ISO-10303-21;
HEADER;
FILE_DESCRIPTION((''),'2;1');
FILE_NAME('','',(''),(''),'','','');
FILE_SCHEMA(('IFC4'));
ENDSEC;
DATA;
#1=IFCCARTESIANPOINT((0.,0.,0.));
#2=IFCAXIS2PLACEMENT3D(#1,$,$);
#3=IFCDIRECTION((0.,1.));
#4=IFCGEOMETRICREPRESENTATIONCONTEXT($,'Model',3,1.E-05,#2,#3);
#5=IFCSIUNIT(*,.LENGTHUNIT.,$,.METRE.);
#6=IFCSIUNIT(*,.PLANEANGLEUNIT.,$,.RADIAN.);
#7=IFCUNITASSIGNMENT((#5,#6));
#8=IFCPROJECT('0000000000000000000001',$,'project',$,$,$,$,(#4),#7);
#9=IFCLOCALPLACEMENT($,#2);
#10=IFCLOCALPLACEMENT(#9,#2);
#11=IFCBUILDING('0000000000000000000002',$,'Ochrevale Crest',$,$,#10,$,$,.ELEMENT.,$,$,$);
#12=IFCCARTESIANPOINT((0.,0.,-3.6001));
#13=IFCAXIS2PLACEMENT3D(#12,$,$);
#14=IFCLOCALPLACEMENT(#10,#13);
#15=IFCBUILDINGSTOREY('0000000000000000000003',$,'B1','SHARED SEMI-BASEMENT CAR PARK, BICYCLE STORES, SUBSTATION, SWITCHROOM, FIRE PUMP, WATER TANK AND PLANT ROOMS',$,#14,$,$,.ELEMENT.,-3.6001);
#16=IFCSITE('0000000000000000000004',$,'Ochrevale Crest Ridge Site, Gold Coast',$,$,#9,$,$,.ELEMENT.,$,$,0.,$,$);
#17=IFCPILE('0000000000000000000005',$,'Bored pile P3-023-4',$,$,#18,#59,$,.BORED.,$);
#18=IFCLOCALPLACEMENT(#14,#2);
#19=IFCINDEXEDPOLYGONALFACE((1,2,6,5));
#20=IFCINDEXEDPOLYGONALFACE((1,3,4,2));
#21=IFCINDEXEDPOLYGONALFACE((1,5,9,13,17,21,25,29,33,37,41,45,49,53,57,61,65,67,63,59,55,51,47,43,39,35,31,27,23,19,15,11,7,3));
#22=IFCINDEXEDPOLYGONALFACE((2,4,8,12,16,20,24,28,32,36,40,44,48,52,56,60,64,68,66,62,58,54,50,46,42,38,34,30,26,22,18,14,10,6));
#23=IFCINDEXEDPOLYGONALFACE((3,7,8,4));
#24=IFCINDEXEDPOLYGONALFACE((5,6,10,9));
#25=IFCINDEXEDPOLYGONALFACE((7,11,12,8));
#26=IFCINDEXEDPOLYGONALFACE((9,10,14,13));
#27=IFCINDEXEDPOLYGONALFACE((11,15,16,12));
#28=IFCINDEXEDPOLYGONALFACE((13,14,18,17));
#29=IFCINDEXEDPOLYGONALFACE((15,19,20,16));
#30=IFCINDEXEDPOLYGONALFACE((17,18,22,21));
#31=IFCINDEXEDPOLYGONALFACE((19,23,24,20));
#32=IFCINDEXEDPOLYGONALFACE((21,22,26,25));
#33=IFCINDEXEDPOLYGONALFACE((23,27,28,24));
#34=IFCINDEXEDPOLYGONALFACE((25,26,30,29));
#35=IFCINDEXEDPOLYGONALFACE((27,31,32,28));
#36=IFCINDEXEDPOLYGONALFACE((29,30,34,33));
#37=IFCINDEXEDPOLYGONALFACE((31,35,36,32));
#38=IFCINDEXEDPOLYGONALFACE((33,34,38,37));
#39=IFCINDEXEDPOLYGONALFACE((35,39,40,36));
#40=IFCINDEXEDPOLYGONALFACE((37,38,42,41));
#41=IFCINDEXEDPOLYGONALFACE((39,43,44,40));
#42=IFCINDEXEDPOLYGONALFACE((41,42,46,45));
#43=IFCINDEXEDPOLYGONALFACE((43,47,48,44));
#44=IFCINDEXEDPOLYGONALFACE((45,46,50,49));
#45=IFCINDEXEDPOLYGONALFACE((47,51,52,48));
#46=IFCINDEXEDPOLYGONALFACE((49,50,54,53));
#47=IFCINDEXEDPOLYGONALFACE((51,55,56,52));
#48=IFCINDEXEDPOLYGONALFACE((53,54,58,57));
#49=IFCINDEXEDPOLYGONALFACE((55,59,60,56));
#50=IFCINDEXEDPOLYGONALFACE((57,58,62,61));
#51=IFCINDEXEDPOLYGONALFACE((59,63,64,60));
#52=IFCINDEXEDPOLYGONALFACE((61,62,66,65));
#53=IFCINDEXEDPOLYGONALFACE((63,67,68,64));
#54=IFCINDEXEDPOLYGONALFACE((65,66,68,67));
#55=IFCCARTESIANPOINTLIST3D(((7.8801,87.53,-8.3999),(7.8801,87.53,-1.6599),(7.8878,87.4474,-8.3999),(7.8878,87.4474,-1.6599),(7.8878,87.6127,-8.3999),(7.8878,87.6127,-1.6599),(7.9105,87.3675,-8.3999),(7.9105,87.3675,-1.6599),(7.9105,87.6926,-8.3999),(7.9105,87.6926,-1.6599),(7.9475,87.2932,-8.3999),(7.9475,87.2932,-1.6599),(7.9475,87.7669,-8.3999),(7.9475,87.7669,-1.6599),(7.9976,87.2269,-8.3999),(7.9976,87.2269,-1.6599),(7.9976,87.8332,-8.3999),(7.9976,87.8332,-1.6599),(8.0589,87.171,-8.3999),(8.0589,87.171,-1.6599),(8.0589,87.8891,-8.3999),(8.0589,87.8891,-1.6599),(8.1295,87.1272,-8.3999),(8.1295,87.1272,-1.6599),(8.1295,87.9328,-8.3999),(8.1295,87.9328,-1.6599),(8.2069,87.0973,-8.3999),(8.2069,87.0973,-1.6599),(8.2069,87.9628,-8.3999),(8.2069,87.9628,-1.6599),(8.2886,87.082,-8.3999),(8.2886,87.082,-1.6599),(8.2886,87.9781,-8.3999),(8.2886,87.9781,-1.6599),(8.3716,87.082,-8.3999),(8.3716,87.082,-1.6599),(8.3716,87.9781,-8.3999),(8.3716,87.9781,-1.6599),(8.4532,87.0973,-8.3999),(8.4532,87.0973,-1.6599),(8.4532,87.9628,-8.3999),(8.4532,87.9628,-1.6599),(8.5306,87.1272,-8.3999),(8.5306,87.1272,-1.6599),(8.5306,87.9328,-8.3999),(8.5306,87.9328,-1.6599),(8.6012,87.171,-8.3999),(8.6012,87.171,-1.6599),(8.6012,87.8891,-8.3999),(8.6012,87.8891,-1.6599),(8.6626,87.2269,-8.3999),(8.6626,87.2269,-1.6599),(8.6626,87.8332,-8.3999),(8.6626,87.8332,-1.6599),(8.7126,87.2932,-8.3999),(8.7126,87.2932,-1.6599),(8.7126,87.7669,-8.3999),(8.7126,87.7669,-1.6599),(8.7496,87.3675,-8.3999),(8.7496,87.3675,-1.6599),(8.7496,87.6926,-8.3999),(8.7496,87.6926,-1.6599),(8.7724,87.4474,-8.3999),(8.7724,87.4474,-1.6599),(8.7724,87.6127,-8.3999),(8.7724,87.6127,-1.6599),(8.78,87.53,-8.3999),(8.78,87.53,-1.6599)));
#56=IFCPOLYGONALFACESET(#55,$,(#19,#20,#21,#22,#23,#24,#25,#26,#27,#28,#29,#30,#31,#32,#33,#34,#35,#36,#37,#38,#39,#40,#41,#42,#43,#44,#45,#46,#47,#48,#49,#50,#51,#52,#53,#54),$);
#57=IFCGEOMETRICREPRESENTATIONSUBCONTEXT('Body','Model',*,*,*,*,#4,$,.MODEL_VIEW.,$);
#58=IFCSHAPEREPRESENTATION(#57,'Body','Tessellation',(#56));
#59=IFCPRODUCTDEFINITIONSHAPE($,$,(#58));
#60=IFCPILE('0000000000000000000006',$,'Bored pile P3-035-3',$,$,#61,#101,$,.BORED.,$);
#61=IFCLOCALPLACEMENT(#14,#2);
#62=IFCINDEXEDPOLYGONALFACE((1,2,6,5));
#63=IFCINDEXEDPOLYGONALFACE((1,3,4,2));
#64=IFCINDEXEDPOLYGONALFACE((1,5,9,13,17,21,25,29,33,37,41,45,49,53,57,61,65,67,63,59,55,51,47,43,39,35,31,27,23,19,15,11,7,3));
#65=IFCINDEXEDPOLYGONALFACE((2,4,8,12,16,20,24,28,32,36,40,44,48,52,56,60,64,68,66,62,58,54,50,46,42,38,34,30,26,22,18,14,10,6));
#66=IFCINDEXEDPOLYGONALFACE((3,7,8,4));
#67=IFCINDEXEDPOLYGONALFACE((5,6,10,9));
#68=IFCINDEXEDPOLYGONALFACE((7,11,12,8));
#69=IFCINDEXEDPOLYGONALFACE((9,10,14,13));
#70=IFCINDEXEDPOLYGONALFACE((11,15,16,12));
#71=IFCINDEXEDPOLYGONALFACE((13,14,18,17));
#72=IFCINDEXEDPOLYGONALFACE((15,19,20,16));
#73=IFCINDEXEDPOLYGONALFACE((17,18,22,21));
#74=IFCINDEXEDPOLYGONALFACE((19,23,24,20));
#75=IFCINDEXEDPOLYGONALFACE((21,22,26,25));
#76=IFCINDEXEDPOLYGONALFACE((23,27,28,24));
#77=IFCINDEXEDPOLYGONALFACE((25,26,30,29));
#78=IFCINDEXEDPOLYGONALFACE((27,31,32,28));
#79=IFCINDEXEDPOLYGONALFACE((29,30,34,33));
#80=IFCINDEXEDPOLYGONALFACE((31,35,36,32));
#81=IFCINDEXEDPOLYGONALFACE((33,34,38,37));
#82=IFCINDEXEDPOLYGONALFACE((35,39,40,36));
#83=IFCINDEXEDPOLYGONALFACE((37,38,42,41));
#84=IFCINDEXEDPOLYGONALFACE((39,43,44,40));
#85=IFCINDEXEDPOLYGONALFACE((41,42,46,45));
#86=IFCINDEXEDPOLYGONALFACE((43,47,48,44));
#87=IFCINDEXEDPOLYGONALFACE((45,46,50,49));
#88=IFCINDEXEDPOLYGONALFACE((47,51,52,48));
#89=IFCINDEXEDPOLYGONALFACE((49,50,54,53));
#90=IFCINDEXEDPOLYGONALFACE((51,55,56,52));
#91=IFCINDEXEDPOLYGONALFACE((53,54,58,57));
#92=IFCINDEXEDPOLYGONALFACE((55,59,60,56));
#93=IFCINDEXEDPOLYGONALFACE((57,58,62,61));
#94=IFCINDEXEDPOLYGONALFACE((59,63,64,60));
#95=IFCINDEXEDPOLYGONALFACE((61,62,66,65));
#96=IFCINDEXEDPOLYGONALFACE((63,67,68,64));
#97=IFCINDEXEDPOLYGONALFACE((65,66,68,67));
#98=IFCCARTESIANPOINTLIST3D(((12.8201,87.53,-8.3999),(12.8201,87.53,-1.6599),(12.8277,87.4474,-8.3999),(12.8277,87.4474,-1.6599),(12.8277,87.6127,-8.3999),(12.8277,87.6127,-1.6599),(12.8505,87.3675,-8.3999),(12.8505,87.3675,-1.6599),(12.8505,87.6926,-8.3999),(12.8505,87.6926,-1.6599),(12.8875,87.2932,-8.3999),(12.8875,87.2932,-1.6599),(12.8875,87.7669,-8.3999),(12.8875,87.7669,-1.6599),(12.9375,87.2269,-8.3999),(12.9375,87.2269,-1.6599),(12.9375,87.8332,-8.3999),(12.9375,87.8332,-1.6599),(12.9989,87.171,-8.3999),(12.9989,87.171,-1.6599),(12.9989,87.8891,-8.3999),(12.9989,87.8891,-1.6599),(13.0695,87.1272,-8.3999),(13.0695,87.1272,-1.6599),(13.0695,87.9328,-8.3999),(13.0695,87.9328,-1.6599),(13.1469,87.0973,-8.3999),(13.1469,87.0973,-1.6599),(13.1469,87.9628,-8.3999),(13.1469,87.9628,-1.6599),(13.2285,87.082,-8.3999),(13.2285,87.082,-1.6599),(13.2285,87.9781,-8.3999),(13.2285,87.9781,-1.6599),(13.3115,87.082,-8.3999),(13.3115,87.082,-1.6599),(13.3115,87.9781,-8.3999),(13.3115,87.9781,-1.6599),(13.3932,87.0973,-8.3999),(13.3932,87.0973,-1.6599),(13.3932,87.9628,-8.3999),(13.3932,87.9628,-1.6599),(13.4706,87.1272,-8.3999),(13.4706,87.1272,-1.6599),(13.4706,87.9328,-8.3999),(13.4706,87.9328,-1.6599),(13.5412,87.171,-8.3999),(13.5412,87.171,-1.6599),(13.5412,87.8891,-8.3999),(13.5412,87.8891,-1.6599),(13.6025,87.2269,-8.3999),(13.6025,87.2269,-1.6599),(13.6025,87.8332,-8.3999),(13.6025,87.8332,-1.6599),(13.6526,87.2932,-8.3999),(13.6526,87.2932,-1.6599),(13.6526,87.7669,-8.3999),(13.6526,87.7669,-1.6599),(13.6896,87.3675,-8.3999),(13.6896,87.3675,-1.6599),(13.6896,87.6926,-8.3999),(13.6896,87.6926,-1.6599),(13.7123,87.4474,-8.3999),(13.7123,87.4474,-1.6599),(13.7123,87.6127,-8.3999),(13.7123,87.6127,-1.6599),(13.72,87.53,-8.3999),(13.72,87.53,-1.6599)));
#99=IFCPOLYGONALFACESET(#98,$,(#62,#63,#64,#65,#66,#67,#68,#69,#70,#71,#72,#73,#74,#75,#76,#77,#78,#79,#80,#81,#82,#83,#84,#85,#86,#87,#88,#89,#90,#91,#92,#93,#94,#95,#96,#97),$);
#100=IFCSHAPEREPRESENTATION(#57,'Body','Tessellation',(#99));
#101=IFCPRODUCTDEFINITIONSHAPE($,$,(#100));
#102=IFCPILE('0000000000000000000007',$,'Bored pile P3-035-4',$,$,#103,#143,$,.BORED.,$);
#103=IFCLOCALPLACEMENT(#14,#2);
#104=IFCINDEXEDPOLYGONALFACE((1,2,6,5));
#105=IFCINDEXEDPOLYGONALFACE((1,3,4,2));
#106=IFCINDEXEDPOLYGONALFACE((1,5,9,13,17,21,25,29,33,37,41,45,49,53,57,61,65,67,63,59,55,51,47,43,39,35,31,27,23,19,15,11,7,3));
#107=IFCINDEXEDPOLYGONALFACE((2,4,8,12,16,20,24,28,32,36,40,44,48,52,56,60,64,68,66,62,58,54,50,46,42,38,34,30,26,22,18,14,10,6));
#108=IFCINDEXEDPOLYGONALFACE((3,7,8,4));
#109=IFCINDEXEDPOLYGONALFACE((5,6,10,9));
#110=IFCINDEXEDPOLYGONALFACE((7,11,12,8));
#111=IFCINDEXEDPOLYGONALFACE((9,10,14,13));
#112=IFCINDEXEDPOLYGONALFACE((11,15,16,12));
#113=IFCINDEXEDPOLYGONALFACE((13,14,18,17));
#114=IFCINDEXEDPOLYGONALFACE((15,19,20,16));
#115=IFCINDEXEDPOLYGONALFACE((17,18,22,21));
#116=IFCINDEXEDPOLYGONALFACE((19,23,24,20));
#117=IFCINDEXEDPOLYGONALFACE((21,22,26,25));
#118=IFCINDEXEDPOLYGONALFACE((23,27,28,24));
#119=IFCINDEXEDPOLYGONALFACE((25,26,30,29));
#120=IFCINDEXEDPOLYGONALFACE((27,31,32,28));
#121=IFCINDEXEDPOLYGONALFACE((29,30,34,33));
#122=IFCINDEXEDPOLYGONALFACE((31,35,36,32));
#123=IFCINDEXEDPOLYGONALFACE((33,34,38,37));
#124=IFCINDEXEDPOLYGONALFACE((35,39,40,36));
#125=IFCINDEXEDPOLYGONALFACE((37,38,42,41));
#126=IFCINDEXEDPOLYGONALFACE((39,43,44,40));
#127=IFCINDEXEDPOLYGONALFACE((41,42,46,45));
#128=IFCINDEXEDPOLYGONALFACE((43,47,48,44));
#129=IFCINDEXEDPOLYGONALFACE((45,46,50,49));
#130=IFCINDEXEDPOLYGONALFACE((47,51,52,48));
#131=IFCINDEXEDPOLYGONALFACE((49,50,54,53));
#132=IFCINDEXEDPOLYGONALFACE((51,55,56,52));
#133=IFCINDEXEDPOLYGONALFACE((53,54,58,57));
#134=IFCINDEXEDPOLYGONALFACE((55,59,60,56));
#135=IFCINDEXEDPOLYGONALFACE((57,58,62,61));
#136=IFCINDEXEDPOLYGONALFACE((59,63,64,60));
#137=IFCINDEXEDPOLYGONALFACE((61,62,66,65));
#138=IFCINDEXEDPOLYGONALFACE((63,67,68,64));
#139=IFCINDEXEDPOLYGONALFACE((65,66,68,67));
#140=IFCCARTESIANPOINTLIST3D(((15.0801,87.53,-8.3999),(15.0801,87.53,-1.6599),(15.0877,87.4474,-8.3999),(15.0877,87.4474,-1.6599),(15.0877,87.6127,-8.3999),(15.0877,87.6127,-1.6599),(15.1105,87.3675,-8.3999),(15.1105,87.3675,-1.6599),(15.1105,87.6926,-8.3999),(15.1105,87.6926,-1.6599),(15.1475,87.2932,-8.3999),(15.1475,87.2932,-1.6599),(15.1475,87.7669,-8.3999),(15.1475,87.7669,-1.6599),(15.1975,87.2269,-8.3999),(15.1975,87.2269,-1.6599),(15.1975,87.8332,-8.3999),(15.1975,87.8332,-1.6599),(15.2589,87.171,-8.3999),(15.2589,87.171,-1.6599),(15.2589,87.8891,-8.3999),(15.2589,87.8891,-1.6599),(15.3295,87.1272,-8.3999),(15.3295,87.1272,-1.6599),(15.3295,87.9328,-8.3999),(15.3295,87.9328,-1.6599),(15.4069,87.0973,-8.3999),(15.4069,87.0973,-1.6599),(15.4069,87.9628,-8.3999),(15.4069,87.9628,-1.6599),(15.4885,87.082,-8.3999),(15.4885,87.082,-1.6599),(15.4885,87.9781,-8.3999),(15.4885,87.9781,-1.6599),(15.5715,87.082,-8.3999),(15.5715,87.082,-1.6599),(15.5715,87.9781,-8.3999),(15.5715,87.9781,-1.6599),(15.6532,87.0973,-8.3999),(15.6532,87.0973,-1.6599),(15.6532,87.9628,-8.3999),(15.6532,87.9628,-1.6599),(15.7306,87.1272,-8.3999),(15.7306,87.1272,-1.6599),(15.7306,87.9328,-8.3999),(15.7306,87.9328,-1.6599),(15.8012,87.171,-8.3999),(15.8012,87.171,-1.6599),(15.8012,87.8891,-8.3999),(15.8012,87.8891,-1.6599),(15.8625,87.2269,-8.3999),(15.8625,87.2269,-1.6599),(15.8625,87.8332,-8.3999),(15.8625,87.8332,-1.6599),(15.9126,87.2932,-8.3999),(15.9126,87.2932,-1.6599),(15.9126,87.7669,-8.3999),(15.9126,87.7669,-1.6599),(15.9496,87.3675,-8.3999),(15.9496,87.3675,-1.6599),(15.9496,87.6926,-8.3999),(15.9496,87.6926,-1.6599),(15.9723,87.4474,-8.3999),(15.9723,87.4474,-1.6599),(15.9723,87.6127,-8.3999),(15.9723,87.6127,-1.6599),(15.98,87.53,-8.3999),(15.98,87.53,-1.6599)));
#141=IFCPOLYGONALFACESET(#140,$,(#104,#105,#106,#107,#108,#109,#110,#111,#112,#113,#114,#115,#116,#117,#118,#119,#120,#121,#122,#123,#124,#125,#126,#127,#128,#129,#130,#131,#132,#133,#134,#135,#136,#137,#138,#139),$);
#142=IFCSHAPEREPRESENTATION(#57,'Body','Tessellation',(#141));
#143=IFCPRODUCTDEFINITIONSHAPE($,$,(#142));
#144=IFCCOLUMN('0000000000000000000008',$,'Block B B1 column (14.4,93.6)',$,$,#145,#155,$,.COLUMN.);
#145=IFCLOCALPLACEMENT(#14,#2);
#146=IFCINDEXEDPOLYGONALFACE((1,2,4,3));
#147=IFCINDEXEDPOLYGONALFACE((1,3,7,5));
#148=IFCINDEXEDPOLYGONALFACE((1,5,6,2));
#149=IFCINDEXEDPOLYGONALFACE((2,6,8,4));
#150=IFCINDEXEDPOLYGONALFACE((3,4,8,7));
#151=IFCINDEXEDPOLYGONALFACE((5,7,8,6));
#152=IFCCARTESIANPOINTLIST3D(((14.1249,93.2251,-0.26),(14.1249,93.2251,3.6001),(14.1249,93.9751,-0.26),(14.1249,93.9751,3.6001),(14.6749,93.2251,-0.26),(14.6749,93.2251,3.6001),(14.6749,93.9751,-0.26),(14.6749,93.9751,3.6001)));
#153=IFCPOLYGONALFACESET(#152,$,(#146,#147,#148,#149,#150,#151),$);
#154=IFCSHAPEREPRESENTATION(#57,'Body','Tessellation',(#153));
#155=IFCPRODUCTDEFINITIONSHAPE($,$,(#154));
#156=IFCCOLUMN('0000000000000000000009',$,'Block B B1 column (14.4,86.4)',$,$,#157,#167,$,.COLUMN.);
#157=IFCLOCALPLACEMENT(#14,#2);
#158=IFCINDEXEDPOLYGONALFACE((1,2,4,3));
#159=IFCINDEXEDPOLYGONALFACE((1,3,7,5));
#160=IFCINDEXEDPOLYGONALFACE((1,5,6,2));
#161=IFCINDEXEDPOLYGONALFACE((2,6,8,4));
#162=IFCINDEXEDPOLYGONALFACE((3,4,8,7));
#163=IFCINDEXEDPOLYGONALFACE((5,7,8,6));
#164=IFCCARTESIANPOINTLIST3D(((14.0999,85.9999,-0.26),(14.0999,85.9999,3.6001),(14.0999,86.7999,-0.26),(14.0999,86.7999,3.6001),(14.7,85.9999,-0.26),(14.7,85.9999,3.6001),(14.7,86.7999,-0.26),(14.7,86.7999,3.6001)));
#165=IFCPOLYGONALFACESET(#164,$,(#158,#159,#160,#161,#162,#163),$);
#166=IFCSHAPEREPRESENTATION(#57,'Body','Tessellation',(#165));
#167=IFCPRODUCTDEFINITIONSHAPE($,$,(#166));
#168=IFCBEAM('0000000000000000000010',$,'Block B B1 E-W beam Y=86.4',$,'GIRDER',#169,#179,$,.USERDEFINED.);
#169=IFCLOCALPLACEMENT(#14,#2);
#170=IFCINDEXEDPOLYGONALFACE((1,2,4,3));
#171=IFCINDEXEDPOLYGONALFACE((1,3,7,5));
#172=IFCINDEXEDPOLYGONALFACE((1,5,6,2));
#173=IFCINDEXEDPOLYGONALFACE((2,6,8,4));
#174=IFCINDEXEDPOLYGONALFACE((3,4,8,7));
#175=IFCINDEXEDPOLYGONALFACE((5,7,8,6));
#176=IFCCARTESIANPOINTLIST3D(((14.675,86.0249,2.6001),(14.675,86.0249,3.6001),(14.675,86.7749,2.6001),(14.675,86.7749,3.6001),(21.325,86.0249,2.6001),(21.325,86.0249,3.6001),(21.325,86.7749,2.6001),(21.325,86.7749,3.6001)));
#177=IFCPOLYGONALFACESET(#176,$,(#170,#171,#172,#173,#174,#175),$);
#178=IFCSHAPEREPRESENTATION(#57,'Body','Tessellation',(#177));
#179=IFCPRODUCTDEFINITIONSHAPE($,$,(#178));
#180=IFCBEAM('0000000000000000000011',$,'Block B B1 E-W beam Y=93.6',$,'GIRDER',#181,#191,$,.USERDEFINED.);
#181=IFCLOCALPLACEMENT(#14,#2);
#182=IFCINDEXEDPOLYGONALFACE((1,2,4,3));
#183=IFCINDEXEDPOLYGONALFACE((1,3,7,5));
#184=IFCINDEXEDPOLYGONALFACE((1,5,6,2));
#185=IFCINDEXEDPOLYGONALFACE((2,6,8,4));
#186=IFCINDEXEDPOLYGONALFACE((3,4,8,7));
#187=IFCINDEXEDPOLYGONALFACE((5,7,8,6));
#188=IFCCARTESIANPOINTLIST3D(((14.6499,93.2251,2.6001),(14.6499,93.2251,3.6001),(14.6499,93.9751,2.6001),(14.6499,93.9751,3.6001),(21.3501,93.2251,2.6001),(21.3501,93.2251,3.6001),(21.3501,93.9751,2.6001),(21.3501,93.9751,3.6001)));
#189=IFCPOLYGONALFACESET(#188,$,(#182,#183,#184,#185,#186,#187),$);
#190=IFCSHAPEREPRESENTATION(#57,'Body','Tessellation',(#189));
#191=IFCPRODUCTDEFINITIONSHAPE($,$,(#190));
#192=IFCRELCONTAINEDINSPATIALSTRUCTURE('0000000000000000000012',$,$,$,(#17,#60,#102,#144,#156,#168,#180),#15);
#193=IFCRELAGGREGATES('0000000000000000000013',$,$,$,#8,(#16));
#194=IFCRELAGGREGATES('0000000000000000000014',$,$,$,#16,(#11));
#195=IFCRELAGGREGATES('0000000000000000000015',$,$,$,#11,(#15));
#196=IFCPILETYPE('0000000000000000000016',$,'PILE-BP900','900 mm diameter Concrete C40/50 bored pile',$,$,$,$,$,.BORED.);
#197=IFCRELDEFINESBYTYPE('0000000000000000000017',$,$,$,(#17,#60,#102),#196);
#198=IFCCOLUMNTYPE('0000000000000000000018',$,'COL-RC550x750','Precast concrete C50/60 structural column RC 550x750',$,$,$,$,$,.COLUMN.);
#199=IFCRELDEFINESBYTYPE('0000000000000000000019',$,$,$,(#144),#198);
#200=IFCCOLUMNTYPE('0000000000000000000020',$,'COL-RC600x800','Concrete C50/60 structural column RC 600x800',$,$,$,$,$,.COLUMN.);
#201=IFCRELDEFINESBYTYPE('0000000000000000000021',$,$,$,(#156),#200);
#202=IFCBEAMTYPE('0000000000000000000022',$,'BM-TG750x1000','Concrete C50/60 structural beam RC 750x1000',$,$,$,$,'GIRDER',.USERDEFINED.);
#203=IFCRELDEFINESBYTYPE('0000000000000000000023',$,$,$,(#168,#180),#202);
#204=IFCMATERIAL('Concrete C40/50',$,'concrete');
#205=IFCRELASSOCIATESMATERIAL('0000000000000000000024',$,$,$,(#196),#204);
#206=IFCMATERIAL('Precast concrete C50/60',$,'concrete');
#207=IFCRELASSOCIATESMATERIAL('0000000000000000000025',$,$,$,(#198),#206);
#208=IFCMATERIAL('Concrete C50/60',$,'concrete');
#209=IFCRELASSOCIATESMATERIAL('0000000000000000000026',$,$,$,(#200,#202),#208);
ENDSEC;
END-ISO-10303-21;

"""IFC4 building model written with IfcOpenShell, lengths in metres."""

from ifc_helpers import new_model, si_unit, direction, frame, origin, origin_2d, place, context, subcontext, project, spatial, rectangle, circle, extrude, material, material_profile, profile_set, type_object, element, save


model = new_model("IFC4")

# Units and contexts
model_context = context("Model", 3, precision=1e-05, world=origin(), true_north=direction((0.0, 1.0)))
body_context = subcontext(model_context, "Body", "Model", "MODEL_VIEW")
ifc_project = project(units=[si_unit("LENGTHUNIT", "METRE"), si_unit("PLANEANGLEUNIT", "RADIAN")], contexts=[model_context])

# Site, building, storey
site_placement = place(None, origin())
site = spatial("IfcSite", under=ifc_project, at=site_placement, Name="Ochrevale Crest Ridge Site, Gold Coast", CompositionType="ELEMENT", RefElevation=0.0)
building_placement = place(site_placement, origin())
building = spatial("IfcBuilding", under=site, at=building_placement, Name="Ochrevale Crest", CompositionType="ELEMENT")
storey_placement = place(building_placement, frame((0.0, 0.0, -3.6001)))
storey = spatial("IfcBuildingStorey", under=building, at=storey_placement, Name="B1", Description="SHARED SEMI-BASEMENT CAR PARK, BICYCLE STORES, SUBSTATION, SWITCHROOM, FIRE PUMP, WATER TANK AND PLANT ROOMS", CompositionType="ELEMENT", Elevation=-3.6001)

# Shared definitions
ifc_material_1 = material(Name="Concrete C40/50", Category="concrete")

# Piles
ifc_material_profile_1 = material_profile(ifc_material_1, circle(Radius=0.45, at=origin_2d()), Name="BORED PILE 900")
ifc_profile_set_1 = profile_set([ifc_material_profile_1], Name="Concrete C40/50")
pile_type_1 = type_object("IfcPileType", Name="PILE-BP900", Description="900 mm diameter Concrete C40/50 bored pile", PredefinedType="BORED", material=ifc_profile_set_1)
for number, where, z_axis, x_axis, name in (
    (1, (8.3301, 87.53, -1.6599), (0.0, 0.0, -1.0), (1.0, 0.0, 0.0), "Bored pile P3-023-4"),
    (2, (13.27, 87.53, -1.6599), (0.0, 0.0, -1.0), (1.0, 0.0, 0.0), "Bored pile P3-035-3"),
    (3, (15.53, 87.53, -1.6599), (0.0, 0.0, -1.0), (1.0, 0.0, 0.0), "Bored pile P3-035-4"),
):
    element("IfcPile", number, at=place(storey_placement, frame(where, z_axis=z_axis, x_axis=x_axis)), inside=storey, type_object=pile_type_1, Name=name, PredefinedType="BORED", context=body_context, shape_type="SweptSolid", body=[
        extrude(circle(Radius=0.45, at=origin_2d()), origin(), (0.0, 0.0, 1.0), 6.74),
    ])

# Columns
ifc_material_2 = material(Name="Precast concrete C50/60", Category="concrete")
ifc_material_profile_2 = material_profile(ifc_material_2, rectangle(XDim=0.55, YDim=0.75, at=origin_2d()), Name="RC 550x750")
ifc_profile_set_2 = profile_set([ifc_material_profile_2], Name="Precast concrete C50/60")
column_type_1 = type_object("IfcColumnType", Name="COL-RC550x750", Description="Precast concrete C50/60 structural column RC 550x750", PredefinedType="COLUMN", material=ifc_profile_set_2)
column_1_placement = place(storey_placement, frame((14.3999, 93.6001, -0.26), z_axis=(0.0, 0.0, 1.0), x_axis=(1.0, 0.0, 0.0)))
element("IfcColumn", 4, at=column_1_placement, inside=storey, type_object=column_type_1, Name="Block B B1 column (14.4,93.6)", PredefinedType="COLUMN", context=body_context, shape_type="SweptSolid", body=[
    extrude(rectangle(XDim=0.55, YDim=0.75, at=origin_2d()), origin(), (0.0, 0.0, 1.0), 3.8601),
])
ifc_material_3 = material(Name="Concrete C50/60", Category="concrete")
ifc_material_profile_3 = material_profile(ifc_material_3, rectangle(XDim=0.6001, YDim=0.8, at=origin_2d()), Name="RC 600x800")
ifc_profile_set_3 = profile_set([ifc_material_profile_3], Name="Concrete C50/60")
column_type_2 = type_object("IfcColumnType", Name="COL-RC600x800", Description="Concrete C50/60 structural column RC 600x800", PredefinedType="COLUMN", material=ifc_profile_set_3)
column_2_placement = place(storey_placement, frame((14.3999, 86.3999, -0.26), z_axis=(0.0, 0.0, 1.0), x_axis=(1.0, 0.0, 0.0)))
element("IfcColumn", 5, at=column_2_placement, inside=storey, type_object=column_type_2, Name="Block B B1 column (14.4,86.4)", PredefinedType="COLUMN", context=body_context, shape_type="SweptSolid", body=[
    extrude(rectangle(XDim=0.6001, YDim=0.8, at=origin_2d()), origin(), (0.0, 0.0, 1.0), 3.8601),
])

# Beams
ifc_material_profile_4 = material_profile(ifc_material_3, rectangle(XDim=0.75, YDim=1.0, at=origin_2d()), Name="RC 750x1000")
ifc_profile_set_4 = profile_set([ifc_material_profile_4], Name="Concrete C50/60")
beam_type_1 = type_object("IfcBeamType", Name="BM-TG750x1000", Description="Concrete C50/60 structural beam RC 750x1000", ElementType="GIRDER", PredefinedType="USERDEFINED", material=ifc_profile_set_4)
beam_1_placement = place(storey_placement, frame((14.675, 86.3999, 3.1001), z_axis=(1.0, 0.0, 0.0), x_axis=(0.0, 1.0, 0.0)))
element("IfcBeam", 6, at=beam_1_placement, inside=storey, type_object=beam_type_1, Name="Block B B1 E-W beam Y=86.4", ObjectType="GIRDER", PredefinedType="USERDEFINED", context=body_context, shape_type="SweptSolid", body=[
    extrude(rectangle(XDim=0.75, YDim=1.0, at=origin_2d()), origin(), (0.0, 0.0, 1.0), 6.6499),
])
beam_2_placement = place(storey_placement, frame((14.6499, 93.6001, 3.1001), z_axis=(1.0, 0.0, 0.0), x_axis=(0.0, 1.0, 0.0)))
element("IfcBeam", 7, at=beam_2_placement, inside=storey, type_object=beam_type_1, Name="Block B B1 E-W beam Y=93.6", ObjectType="GIRDER", PredefinedType="USERDEFINED", context=body_context, shape_type="SweptSolid", body=[
    extrude(rectangle(XDim=0.75, YDim=1.0, at=origin_2d()), origin(), (0.0, 0.0, 1.0), 6.7002),
])

save(model, "model.ifc")
